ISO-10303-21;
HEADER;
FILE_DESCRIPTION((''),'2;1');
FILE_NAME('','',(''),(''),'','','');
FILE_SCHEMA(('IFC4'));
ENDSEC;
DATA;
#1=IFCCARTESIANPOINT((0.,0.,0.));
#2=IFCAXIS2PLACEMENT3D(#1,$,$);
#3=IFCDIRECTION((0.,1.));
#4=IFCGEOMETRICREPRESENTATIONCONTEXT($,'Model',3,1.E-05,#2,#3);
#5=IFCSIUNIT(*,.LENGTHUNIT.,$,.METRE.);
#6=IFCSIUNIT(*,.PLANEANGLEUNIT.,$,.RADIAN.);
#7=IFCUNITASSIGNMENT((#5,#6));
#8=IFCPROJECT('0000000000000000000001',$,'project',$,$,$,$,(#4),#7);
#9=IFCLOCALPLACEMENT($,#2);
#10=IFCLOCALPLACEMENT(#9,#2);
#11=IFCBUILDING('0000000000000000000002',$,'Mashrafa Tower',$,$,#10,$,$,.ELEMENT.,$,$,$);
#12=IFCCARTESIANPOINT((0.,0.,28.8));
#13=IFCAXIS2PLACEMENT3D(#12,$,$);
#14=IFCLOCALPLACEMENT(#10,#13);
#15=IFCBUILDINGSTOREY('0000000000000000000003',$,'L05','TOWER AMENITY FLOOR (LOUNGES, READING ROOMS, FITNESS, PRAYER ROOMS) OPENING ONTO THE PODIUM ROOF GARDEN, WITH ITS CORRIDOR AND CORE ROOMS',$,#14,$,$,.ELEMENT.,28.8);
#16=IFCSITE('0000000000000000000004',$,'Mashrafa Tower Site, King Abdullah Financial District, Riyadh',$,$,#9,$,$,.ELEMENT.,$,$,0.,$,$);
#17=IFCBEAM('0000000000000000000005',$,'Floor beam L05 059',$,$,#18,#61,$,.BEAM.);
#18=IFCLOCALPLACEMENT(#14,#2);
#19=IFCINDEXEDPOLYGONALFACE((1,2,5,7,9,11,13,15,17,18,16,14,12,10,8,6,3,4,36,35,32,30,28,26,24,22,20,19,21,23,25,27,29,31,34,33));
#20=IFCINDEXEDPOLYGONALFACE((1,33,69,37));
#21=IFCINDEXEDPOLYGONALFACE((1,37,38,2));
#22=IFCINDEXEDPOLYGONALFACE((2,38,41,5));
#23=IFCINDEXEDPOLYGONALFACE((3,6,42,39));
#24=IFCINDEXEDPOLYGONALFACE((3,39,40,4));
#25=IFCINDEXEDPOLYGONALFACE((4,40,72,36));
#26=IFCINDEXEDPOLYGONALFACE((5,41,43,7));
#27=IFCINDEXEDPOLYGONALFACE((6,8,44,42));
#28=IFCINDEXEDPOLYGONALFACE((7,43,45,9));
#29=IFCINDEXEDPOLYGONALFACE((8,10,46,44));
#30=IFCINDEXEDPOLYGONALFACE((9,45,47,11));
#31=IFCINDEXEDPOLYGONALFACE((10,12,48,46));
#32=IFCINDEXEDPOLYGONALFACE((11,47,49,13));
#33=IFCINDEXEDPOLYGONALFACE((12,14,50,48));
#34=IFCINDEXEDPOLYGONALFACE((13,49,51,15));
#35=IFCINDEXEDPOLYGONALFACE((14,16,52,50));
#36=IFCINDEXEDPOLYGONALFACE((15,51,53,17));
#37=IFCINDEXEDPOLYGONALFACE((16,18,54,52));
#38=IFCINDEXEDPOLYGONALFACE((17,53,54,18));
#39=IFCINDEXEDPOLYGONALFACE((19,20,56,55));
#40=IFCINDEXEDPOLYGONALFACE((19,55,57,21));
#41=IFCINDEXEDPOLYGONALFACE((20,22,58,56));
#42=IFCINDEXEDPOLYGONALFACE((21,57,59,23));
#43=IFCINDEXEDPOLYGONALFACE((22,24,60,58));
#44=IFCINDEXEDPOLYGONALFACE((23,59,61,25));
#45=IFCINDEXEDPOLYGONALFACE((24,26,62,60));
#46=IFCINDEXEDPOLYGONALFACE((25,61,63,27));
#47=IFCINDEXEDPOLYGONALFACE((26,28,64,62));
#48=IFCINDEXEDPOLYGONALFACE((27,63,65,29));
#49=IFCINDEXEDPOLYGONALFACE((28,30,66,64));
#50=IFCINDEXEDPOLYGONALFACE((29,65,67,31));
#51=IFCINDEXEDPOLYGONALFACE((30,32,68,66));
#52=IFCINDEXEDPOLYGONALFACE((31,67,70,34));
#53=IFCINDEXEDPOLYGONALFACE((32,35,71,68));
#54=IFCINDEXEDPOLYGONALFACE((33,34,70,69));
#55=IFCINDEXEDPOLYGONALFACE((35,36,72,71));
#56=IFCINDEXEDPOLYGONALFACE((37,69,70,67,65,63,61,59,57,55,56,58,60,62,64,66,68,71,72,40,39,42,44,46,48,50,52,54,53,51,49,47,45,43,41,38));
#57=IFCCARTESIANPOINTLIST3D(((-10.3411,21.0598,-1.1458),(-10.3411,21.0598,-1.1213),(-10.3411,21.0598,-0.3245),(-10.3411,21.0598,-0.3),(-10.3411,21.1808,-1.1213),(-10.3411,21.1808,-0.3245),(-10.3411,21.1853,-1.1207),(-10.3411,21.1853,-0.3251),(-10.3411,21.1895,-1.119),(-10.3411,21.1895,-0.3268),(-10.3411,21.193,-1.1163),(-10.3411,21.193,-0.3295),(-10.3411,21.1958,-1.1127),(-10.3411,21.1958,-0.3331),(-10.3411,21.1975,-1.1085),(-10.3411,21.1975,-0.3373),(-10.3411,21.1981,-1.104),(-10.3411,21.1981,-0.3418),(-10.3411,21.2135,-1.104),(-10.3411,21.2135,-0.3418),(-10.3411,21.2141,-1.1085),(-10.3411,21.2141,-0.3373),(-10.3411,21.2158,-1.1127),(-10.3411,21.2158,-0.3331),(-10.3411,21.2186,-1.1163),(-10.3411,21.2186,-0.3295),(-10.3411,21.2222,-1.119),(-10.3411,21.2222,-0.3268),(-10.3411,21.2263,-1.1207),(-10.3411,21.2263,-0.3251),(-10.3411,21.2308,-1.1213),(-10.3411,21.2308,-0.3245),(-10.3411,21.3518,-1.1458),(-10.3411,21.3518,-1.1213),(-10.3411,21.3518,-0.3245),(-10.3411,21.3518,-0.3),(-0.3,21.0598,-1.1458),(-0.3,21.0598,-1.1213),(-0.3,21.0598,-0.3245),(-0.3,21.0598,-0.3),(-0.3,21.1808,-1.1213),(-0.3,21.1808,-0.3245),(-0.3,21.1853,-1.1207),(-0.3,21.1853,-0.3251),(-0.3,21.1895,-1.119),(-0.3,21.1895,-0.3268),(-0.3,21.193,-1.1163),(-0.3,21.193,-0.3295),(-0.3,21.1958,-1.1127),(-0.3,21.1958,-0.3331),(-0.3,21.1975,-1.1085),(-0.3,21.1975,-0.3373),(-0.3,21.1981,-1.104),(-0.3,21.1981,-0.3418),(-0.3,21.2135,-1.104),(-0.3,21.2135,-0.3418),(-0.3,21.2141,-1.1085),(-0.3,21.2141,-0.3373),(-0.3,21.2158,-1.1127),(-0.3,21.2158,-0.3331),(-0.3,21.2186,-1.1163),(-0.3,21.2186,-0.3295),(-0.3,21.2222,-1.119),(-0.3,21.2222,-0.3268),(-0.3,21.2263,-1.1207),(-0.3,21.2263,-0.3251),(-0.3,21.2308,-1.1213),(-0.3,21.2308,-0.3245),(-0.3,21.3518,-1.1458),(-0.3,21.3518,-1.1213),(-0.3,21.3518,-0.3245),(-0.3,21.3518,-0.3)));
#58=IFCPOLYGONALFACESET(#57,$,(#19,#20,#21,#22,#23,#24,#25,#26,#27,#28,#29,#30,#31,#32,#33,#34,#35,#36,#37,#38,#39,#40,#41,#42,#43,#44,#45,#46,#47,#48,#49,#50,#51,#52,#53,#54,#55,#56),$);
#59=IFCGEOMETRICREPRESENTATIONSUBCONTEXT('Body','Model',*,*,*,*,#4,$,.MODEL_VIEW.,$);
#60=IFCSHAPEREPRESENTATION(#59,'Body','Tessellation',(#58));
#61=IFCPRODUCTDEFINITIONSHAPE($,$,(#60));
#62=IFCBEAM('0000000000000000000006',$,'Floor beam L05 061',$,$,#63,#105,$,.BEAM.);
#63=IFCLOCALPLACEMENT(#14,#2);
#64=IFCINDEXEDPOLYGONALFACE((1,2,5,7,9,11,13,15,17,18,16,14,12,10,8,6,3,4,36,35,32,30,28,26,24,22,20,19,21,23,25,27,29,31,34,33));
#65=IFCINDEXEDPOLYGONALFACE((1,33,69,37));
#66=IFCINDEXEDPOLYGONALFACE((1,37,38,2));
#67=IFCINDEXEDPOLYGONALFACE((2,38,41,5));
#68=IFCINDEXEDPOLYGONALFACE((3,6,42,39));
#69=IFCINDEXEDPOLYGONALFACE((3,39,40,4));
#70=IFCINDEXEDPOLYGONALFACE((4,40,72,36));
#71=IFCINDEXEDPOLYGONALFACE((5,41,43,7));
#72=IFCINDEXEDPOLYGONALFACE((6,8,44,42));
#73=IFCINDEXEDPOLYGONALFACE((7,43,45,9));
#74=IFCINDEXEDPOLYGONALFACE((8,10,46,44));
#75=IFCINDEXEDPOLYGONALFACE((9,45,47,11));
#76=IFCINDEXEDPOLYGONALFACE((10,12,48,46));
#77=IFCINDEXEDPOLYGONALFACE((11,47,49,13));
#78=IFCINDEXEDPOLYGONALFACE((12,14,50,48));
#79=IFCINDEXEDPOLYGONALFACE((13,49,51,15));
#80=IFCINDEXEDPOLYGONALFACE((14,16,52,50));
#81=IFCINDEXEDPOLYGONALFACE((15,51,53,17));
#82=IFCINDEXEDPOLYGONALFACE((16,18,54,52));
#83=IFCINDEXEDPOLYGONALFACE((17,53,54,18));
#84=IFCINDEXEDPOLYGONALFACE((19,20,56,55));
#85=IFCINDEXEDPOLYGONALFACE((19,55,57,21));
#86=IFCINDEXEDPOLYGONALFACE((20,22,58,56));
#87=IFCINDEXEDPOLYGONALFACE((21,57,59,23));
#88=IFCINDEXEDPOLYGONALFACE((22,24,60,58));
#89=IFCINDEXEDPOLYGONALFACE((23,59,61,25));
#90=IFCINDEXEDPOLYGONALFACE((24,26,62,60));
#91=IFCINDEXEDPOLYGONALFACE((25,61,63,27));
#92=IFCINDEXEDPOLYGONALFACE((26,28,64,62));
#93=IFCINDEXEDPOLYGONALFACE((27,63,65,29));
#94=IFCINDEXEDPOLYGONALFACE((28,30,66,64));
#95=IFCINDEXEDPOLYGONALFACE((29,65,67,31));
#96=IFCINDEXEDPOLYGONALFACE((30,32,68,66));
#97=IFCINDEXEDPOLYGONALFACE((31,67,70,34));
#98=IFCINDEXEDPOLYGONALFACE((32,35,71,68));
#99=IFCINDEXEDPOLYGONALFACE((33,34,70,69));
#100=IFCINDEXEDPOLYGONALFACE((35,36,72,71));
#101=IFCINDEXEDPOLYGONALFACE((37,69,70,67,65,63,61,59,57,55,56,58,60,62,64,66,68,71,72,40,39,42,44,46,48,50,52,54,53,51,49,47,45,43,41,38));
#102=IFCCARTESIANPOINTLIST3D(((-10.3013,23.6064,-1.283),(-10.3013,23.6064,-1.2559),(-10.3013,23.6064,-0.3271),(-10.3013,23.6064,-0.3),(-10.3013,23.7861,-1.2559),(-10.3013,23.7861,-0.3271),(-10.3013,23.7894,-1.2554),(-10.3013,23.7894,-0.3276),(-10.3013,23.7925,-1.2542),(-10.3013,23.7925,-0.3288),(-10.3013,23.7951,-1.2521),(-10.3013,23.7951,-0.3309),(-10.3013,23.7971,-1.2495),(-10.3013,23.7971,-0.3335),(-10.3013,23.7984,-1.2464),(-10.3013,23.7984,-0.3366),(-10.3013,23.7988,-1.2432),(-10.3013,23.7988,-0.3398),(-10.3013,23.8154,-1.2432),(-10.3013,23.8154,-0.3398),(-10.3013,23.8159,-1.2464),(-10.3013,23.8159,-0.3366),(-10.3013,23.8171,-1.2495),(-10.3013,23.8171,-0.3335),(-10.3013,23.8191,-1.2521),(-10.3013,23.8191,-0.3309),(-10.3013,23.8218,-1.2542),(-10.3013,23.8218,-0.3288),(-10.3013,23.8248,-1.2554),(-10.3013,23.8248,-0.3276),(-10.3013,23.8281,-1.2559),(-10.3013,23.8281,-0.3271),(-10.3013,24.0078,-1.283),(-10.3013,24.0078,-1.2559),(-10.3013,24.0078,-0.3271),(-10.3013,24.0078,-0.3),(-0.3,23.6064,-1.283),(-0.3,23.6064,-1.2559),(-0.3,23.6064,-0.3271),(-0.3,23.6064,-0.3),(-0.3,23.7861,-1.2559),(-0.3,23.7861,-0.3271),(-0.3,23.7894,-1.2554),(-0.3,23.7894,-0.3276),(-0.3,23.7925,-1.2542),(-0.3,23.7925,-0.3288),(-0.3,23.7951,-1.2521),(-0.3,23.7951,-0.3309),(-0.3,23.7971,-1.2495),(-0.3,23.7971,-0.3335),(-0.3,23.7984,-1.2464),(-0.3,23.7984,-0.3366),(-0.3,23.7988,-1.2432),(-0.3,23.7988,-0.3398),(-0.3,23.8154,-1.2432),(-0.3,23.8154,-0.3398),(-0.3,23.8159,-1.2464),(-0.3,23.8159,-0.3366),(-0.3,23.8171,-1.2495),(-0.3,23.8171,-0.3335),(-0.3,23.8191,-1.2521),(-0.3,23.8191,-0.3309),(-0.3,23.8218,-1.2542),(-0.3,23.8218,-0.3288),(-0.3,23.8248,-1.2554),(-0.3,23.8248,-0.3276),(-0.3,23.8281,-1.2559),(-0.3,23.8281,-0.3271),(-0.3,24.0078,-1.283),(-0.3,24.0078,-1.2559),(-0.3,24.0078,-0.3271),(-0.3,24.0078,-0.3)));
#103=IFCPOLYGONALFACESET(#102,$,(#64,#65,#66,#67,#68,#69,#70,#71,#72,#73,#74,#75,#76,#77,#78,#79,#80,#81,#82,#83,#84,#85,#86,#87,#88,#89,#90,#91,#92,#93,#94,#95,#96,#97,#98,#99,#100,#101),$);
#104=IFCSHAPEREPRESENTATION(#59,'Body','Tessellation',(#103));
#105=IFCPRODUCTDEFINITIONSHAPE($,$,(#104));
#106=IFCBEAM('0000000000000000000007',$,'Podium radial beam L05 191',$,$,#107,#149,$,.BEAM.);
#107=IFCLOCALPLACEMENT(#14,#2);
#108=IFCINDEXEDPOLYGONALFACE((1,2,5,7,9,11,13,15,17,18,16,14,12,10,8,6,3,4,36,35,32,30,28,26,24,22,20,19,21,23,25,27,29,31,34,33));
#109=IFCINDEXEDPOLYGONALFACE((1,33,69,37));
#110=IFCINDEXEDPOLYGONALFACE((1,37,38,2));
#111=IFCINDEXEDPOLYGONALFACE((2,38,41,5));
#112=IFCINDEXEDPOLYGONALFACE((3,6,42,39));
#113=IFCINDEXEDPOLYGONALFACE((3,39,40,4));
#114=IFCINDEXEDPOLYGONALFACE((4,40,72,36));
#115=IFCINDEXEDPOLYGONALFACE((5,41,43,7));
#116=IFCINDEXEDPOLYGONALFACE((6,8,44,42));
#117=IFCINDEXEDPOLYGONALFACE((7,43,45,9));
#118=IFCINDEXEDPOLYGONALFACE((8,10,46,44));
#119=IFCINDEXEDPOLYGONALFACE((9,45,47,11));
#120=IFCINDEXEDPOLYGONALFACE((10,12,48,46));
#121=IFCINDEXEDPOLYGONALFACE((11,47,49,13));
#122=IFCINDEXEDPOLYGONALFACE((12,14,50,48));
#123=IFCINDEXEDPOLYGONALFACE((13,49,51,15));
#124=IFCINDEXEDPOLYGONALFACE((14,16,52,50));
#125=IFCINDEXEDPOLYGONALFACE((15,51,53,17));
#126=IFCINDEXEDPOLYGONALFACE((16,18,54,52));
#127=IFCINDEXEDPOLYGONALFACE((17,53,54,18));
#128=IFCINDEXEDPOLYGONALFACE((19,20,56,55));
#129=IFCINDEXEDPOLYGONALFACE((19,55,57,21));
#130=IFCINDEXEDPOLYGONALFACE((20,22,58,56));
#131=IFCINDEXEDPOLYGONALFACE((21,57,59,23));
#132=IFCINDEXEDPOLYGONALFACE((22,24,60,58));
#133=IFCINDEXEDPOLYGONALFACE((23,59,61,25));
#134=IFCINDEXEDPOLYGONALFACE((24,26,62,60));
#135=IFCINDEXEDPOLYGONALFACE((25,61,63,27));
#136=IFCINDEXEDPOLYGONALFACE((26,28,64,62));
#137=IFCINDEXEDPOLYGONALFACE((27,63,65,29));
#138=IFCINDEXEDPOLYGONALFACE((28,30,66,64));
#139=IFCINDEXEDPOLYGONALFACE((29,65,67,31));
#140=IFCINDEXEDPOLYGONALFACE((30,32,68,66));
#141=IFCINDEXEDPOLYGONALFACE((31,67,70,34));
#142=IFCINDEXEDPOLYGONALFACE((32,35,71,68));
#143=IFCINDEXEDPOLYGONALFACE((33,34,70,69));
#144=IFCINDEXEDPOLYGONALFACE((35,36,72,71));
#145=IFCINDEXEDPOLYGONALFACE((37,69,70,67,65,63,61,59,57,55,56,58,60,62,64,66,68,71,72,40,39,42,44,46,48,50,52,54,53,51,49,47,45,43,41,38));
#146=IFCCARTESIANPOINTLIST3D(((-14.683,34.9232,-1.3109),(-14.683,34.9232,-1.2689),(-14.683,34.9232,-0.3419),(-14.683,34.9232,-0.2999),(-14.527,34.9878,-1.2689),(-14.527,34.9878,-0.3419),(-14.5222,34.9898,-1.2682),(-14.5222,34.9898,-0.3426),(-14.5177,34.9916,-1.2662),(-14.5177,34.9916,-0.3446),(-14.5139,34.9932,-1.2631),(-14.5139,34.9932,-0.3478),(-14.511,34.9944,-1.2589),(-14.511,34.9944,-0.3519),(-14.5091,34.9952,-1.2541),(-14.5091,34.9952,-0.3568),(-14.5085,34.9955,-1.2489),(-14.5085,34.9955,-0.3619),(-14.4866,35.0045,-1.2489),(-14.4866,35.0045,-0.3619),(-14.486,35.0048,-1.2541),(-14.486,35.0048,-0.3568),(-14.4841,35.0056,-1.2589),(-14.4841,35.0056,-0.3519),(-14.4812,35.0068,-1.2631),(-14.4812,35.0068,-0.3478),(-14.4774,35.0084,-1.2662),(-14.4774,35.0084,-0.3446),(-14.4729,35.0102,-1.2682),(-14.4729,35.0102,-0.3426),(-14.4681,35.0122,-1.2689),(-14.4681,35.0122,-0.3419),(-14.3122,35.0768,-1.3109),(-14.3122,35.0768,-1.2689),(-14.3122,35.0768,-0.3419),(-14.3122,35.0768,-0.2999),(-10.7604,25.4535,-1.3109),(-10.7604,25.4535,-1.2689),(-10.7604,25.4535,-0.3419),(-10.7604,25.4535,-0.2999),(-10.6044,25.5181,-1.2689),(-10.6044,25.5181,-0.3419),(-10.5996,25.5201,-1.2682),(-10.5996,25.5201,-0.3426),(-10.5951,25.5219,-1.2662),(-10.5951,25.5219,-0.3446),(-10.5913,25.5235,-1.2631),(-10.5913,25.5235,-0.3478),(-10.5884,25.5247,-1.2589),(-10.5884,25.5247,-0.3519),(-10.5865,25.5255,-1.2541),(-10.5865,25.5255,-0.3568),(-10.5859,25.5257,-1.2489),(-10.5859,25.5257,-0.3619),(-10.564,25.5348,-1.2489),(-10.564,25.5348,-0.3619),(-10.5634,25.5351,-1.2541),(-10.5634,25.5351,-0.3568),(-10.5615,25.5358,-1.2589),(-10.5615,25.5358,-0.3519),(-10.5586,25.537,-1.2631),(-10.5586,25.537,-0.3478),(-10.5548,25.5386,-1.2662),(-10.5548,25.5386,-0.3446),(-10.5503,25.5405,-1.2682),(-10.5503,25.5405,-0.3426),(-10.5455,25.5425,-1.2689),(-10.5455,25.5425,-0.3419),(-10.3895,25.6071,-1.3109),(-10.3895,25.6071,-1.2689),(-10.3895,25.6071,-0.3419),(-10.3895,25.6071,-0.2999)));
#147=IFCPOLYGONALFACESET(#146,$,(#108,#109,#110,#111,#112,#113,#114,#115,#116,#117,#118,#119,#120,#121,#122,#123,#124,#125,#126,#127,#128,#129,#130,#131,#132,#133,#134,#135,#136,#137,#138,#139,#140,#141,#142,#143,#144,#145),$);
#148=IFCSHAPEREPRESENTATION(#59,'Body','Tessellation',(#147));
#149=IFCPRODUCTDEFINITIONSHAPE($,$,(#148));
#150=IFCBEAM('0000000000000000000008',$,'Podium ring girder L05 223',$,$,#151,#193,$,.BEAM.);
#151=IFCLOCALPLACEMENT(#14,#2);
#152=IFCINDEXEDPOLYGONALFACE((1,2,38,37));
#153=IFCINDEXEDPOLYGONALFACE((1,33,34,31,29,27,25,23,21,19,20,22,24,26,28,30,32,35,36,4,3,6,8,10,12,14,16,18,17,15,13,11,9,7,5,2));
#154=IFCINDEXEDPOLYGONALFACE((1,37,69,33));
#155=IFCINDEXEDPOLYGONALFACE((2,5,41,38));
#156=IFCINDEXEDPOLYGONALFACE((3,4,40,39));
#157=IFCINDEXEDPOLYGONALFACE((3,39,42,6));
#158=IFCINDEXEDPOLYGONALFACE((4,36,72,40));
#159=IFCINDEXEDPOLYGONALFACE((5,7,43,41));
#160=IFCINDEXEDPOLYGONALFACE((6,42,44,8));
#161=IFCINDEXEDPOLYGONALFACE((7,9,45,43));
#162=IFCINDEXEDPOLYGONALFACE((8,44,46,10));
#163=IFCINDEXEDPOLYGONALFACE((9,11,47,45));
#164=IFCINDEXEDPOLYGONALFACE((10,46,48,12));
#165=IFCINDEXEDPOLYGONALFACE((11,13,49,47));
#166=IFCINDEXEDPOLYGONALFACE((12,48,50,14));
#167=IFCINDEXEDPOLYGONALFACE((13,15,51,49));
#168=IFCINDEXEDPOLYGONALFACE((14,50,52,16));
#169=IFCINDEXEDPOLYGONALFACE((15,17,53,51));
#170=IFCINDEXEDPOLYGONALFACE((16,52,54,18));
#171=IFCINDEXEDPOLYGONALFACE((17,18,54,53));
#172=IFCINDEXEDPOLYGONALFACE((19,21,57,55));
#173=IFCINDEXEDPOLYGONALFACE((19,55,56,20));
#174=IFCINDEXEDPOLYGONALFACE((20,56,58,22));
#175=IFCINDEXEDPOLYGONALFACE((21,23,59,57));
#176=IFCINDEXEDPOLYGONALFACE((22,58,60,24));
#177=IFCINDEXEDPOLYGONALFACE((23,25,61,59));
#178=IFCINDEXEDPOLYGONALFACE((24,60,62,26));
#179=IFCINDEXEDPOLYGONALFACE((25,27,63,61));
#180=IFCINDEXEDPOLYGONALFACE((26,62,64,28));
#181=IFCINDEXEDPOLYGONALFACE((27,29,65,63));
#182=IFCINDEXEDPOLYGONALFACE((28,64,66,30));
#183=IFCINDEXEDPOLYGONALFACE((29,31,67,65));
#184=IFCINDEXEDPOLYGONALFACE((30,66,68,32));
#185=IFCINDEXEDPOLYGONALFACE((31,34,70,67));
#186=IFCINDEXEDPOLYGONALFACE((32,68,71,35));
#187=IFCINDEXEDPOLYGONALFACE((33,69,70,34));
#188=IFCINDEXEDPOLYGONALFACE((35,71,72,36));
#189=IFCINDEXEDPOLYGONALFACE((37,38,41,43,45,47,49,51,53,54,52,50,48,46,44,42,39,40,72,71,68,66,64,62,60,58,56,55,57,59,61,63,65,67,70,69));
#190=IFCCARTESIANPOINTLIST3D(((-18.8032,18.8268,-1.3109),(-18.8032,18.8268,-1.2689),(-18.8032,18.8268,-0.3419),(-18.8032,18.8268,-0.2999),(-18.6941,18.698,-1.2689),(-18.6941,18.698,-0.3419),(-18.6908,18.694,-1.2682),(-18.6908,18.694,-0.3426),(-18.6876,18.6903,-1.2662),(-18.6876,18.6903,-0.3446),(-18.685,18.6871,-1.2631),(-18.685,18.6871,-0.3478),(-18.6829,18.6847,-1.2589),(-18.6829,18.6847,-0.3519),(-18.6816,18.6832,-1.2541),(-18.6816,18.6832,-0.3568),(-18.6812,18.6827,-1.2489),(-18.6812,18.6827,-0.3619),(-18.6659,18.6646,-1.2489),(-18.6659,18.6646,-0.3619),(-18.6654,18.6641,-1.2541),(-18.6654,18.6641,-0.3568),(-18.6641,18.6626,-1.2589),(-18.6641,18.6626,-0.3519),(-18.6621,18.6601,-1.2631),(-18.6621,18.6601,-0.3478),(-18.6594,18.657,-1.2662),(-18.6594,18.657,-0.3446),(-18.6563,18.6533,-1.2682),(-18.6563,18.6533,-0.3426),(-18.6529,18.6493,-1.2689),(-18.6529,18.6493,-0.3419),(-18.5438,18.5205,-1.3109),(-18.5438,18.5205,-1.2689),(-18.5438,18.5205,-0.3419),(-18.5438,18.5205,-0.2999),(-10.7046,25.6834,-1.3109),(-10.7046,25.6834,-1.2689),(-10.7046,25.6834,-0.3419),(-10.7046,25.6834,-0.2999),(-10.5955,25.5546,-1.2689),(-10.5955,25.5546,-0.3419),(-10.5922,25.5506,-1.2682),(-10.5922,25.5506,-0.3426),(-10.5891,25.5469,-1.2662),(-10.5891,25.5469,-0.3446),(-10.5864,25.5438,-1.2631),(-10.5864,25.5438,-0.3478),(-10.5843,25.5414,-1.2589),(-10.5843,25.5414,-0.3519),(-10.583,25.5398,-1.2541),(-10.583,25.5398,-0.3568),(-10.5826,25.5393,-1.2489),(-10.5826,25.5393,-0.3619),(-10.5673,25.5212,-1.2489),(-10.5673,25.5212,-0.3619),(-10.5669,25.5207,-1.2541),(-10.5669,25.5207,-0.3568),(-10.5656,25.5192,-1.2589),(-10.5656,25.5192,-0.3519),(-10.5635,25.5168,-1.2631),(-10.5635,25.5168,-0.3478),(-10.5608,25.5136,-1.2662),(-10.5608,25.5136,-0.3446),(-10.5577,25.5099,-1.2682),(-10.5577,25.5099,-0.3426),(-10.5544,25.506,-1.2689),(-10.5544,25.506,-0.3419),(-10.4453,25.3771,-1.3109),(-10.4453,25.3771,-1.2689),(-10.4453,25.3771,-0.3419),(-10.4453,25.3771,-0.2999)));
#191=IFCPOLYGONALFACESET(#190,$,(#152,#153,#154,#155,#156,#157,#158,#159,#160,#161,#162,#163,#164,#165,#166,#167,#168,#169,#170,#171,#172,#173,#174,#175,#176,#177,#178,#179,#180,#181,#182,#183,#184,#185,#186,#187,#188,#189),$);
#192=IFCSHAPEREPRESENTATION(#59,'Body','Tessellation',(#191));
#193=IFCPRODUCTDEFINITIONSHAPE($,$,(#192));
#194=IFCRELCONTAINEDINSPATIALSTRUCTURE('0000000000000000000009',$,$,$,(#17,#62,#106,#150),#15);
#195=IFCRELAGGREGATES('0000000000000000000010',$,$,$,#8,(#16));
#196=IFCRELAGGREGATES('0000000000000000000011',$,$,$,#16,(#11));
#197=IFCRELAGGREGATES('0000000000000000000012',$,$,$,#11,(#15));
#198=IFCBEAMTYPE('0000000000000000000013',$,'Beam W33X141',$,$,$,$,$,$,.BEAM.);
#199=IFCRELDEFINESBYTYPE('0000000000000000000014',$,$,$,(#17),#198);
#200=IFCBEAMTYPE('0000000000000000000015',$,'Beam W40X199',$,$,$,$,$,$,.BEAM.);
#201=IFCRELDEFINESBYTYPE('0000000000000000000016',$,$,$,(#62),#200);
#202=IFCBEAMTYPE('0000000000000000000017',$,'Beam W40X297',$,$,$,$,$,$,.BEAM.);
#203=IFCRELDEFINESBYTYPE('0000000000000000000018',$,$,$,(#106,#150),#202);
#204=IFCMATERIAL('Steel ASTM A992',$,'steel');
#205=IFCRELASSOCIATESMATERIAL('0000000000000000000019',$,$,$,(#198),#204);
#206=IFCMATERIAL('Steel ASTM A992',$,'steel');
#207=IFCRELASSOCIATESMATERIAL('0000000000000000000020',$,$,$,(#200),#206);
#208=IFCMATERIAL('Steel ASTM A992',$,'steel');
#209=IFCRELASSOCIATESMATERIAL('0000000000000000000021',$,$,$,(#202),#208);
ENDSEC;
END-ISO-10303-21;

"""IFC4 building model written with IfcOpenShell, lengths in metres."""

from ifc_helpers import new_model, si_unit, direction, frame, origin, origin_2d, place, context, subcontext, project, spatial, i_section, extrude, material, material_profile, profile_set, type_object, element, save


model = new_model("IFC4")

# Units and contexts
model_context = context("Model", 3, precision=1e-05, world=origin(), true_north=direction((0.0, 1.0)))
body_context = subcontext(model_context, "Body", "Model", "MODEL_VIEW")
ifc_project = project(units=[si_unit("LENGTHUNIT", "METRE"), si_unit("PLANEANGLEUNIT", "RADIAN")], contexts=[model_context])

# Site, building, storey
site_placement = place(None, origin())
site = spatial("IfcSite", under=ifc_project, at=site_placement, Name="Mashrafa Tower Site, King Abdullah Financial District, Riyadh", CompositionType="ELEMENT", RefElevation=0.0)
building_placement = place(site_placement, origin())
building = spatial("IfcBuilding", under=site, at=building_placement, Name="Mashrafa Tower", CompositionType="ELEMENT")
storey_placement = place(building_placement, frame((0.0, 0.0, 28.8)))
storey = spatial("IfcBuildingStorey", under=building, at=storey_placement, Name="L05", Description="TOWER AMENITY FLOOR (LOUNGES, READING ROOMS, FITNESS, PRAYER ROOMS) OPENING ONTO THE PODIUM ROOF GARDEN, WITH ITS CORRIDOR AND CORE ROOMS", CompositionType="ELEMENT", Elevation=28.8)

# Beams
ifc_material_1 = material(Name="Steel ASTM A992", Category="steel")
ifc_material_profile_1 = material_profile(ifc_material_1, i_section(OverallWidth=0.292, OverallDepth=0.8457, WebThickness=0.0154, FlangeThickness=0.0244, FilletRadius=0.0173, at=origin_2d()), Name="W33X141")
ifc_profile_set_1 = profile_set([ifc_material_profile_1], Name="Steel ASTM A992")
beam_type_1 = type_object("IfcBeamType", Name="Beam W33X141", PredefinedType="BEAM", material=ifc_profile_set_1)
beam_1_placement = place(storey_placement, frame((-10.3411, 21.2058, -0.7229), z_axis=(1.0, 0.0, 0.0), x_axis=(0.0, 1.0, 0.0)))
element("IfcBeam", 1, at=beam_1_placement, inside=storey, type_object=beam_type_1, Name="Floor beam L05 059", PredefinedType="BEAM", context=body_context, shape_type="SweptSolid", body=[
    extrude(i_section(OverallWidth=0.292, OverallDepth=0.8457, WebThickness=0.0154, FlangeThickness=0.0244, FilletRadius=0.0173, at=origin_2d()), origin(), (0.0, 0.0, 1.0), 10.041),
])
ifc_material_2 = material(Name="Steel ASTM A992", Category="steel")
ifc_material_profile_2 = material_profile(ifc_material_2, i_section(OverallWidth=0.4014, OverallDepth=0.9829, WebThickness=0.0166, FlangeThickness=0.0271, FilletRadius=0.0127, at=origin_2d()), Name="W40X199")
ifc_profile_set_2 = profile_set([ifc_material_profile_2], Name="Steel ASTM A992")
beam_type_2 = type_object("IfcBeamType", Name="Beam W40X199", PredefinedType="BEAM", material=ifc_profile_set_2)
beam_2_placement = place(storey_placement, frame((-10.3013, 23.8071, -0.7915), z_axis=(1.0, 0.0, 0.0), x_axis=(0.0, 1.0, 0.0)))
element("IfcBeam", 2, at=beam_2_placement, inside=storey, type_object=beam_type_2, Name="Floor beam L05 061", PredefinedType="BEAM", context=body_context, shape_type="SweptSolid", body=[
    extrude(i_section(OverallWidth=0.4014, OverallDepth=0.9829, WebThickness=0.0166, FlangeThickness=0.0271, FilletRadius=0.0127, at=origin_2d()), origin(), (0.0, 0.0, 1.0), 10.0012),
])
ifc_material_3 = material(Name="Steel ASTM A992", Category="steel")
ifc_material_profile_3 = material_profile(ifc_material_3, i_section(OverallWidth=0.4014, OverallDepth=1.011, WebThickness=0.0237, FlangeThickness=0.042, FilletRadius=0.02, at=origin_2d()), Name="W40X297")
ifc_profile_set_3 = profile_set([ifc_material_profile_3], Name="Steel ASTM A992")
beam_type_3 = type_object("IfcBeamType", Name="Beam W40X297", PredefinedType="BEAM", material=ifc_profile_set_3)
beam_3_placement = place(storey_placement, frame((-10.575, 25.5303, -0.8054), z_axis=(-0.382693, 0.923875, 0.0), x_axis=(-0.923875, -0.382693, 0.0)))
element("IfcBeam", 3, at=beam_3_placement, inside=storey, type_object=beam_type_3, Name="Podium radial beam L05 191", PredefinedType="BEAM", context=body_context, shape_type="SweptSolid", body=[
    extrude(i_section(OverallWidth=0.4014, OverallDepth=1.011, WebThickness=0.0237, FlangeThickness=0.042, FilletRadius=0.02, at=origin_2d()), origin(), (0.0, 0.0, 1.0), 10.25),
])
for number, where, z_axis, x_axis, name in (
    (4, (-10.575, 25.5303, -0.8054), (-0.7632, -0.646162, 0.0), (0.646162, -0.7632, 0.0), "Podium ring girder L05 223"),
):
    element("IfcBeam", number, at=place(storey_placement, frame(where, z_axis=z_axis, x_axis=x_axis)), inside=storey, type_object=beam_type_3, Name=name, PredefinedType="BEAM", context=body_context, shape_type="SweptSolid", body=[
        extrude(i_section(OverallWidth=0.4014, OverallDepth=1.011, WebThickness=0.0237, FlangeThickness=0.042, FilletRadius=0.02, at=origin_2d()), origin(), (0.0, 0.0, 1.0), 10.6113),
    ])

save(model, "model.ifc")
